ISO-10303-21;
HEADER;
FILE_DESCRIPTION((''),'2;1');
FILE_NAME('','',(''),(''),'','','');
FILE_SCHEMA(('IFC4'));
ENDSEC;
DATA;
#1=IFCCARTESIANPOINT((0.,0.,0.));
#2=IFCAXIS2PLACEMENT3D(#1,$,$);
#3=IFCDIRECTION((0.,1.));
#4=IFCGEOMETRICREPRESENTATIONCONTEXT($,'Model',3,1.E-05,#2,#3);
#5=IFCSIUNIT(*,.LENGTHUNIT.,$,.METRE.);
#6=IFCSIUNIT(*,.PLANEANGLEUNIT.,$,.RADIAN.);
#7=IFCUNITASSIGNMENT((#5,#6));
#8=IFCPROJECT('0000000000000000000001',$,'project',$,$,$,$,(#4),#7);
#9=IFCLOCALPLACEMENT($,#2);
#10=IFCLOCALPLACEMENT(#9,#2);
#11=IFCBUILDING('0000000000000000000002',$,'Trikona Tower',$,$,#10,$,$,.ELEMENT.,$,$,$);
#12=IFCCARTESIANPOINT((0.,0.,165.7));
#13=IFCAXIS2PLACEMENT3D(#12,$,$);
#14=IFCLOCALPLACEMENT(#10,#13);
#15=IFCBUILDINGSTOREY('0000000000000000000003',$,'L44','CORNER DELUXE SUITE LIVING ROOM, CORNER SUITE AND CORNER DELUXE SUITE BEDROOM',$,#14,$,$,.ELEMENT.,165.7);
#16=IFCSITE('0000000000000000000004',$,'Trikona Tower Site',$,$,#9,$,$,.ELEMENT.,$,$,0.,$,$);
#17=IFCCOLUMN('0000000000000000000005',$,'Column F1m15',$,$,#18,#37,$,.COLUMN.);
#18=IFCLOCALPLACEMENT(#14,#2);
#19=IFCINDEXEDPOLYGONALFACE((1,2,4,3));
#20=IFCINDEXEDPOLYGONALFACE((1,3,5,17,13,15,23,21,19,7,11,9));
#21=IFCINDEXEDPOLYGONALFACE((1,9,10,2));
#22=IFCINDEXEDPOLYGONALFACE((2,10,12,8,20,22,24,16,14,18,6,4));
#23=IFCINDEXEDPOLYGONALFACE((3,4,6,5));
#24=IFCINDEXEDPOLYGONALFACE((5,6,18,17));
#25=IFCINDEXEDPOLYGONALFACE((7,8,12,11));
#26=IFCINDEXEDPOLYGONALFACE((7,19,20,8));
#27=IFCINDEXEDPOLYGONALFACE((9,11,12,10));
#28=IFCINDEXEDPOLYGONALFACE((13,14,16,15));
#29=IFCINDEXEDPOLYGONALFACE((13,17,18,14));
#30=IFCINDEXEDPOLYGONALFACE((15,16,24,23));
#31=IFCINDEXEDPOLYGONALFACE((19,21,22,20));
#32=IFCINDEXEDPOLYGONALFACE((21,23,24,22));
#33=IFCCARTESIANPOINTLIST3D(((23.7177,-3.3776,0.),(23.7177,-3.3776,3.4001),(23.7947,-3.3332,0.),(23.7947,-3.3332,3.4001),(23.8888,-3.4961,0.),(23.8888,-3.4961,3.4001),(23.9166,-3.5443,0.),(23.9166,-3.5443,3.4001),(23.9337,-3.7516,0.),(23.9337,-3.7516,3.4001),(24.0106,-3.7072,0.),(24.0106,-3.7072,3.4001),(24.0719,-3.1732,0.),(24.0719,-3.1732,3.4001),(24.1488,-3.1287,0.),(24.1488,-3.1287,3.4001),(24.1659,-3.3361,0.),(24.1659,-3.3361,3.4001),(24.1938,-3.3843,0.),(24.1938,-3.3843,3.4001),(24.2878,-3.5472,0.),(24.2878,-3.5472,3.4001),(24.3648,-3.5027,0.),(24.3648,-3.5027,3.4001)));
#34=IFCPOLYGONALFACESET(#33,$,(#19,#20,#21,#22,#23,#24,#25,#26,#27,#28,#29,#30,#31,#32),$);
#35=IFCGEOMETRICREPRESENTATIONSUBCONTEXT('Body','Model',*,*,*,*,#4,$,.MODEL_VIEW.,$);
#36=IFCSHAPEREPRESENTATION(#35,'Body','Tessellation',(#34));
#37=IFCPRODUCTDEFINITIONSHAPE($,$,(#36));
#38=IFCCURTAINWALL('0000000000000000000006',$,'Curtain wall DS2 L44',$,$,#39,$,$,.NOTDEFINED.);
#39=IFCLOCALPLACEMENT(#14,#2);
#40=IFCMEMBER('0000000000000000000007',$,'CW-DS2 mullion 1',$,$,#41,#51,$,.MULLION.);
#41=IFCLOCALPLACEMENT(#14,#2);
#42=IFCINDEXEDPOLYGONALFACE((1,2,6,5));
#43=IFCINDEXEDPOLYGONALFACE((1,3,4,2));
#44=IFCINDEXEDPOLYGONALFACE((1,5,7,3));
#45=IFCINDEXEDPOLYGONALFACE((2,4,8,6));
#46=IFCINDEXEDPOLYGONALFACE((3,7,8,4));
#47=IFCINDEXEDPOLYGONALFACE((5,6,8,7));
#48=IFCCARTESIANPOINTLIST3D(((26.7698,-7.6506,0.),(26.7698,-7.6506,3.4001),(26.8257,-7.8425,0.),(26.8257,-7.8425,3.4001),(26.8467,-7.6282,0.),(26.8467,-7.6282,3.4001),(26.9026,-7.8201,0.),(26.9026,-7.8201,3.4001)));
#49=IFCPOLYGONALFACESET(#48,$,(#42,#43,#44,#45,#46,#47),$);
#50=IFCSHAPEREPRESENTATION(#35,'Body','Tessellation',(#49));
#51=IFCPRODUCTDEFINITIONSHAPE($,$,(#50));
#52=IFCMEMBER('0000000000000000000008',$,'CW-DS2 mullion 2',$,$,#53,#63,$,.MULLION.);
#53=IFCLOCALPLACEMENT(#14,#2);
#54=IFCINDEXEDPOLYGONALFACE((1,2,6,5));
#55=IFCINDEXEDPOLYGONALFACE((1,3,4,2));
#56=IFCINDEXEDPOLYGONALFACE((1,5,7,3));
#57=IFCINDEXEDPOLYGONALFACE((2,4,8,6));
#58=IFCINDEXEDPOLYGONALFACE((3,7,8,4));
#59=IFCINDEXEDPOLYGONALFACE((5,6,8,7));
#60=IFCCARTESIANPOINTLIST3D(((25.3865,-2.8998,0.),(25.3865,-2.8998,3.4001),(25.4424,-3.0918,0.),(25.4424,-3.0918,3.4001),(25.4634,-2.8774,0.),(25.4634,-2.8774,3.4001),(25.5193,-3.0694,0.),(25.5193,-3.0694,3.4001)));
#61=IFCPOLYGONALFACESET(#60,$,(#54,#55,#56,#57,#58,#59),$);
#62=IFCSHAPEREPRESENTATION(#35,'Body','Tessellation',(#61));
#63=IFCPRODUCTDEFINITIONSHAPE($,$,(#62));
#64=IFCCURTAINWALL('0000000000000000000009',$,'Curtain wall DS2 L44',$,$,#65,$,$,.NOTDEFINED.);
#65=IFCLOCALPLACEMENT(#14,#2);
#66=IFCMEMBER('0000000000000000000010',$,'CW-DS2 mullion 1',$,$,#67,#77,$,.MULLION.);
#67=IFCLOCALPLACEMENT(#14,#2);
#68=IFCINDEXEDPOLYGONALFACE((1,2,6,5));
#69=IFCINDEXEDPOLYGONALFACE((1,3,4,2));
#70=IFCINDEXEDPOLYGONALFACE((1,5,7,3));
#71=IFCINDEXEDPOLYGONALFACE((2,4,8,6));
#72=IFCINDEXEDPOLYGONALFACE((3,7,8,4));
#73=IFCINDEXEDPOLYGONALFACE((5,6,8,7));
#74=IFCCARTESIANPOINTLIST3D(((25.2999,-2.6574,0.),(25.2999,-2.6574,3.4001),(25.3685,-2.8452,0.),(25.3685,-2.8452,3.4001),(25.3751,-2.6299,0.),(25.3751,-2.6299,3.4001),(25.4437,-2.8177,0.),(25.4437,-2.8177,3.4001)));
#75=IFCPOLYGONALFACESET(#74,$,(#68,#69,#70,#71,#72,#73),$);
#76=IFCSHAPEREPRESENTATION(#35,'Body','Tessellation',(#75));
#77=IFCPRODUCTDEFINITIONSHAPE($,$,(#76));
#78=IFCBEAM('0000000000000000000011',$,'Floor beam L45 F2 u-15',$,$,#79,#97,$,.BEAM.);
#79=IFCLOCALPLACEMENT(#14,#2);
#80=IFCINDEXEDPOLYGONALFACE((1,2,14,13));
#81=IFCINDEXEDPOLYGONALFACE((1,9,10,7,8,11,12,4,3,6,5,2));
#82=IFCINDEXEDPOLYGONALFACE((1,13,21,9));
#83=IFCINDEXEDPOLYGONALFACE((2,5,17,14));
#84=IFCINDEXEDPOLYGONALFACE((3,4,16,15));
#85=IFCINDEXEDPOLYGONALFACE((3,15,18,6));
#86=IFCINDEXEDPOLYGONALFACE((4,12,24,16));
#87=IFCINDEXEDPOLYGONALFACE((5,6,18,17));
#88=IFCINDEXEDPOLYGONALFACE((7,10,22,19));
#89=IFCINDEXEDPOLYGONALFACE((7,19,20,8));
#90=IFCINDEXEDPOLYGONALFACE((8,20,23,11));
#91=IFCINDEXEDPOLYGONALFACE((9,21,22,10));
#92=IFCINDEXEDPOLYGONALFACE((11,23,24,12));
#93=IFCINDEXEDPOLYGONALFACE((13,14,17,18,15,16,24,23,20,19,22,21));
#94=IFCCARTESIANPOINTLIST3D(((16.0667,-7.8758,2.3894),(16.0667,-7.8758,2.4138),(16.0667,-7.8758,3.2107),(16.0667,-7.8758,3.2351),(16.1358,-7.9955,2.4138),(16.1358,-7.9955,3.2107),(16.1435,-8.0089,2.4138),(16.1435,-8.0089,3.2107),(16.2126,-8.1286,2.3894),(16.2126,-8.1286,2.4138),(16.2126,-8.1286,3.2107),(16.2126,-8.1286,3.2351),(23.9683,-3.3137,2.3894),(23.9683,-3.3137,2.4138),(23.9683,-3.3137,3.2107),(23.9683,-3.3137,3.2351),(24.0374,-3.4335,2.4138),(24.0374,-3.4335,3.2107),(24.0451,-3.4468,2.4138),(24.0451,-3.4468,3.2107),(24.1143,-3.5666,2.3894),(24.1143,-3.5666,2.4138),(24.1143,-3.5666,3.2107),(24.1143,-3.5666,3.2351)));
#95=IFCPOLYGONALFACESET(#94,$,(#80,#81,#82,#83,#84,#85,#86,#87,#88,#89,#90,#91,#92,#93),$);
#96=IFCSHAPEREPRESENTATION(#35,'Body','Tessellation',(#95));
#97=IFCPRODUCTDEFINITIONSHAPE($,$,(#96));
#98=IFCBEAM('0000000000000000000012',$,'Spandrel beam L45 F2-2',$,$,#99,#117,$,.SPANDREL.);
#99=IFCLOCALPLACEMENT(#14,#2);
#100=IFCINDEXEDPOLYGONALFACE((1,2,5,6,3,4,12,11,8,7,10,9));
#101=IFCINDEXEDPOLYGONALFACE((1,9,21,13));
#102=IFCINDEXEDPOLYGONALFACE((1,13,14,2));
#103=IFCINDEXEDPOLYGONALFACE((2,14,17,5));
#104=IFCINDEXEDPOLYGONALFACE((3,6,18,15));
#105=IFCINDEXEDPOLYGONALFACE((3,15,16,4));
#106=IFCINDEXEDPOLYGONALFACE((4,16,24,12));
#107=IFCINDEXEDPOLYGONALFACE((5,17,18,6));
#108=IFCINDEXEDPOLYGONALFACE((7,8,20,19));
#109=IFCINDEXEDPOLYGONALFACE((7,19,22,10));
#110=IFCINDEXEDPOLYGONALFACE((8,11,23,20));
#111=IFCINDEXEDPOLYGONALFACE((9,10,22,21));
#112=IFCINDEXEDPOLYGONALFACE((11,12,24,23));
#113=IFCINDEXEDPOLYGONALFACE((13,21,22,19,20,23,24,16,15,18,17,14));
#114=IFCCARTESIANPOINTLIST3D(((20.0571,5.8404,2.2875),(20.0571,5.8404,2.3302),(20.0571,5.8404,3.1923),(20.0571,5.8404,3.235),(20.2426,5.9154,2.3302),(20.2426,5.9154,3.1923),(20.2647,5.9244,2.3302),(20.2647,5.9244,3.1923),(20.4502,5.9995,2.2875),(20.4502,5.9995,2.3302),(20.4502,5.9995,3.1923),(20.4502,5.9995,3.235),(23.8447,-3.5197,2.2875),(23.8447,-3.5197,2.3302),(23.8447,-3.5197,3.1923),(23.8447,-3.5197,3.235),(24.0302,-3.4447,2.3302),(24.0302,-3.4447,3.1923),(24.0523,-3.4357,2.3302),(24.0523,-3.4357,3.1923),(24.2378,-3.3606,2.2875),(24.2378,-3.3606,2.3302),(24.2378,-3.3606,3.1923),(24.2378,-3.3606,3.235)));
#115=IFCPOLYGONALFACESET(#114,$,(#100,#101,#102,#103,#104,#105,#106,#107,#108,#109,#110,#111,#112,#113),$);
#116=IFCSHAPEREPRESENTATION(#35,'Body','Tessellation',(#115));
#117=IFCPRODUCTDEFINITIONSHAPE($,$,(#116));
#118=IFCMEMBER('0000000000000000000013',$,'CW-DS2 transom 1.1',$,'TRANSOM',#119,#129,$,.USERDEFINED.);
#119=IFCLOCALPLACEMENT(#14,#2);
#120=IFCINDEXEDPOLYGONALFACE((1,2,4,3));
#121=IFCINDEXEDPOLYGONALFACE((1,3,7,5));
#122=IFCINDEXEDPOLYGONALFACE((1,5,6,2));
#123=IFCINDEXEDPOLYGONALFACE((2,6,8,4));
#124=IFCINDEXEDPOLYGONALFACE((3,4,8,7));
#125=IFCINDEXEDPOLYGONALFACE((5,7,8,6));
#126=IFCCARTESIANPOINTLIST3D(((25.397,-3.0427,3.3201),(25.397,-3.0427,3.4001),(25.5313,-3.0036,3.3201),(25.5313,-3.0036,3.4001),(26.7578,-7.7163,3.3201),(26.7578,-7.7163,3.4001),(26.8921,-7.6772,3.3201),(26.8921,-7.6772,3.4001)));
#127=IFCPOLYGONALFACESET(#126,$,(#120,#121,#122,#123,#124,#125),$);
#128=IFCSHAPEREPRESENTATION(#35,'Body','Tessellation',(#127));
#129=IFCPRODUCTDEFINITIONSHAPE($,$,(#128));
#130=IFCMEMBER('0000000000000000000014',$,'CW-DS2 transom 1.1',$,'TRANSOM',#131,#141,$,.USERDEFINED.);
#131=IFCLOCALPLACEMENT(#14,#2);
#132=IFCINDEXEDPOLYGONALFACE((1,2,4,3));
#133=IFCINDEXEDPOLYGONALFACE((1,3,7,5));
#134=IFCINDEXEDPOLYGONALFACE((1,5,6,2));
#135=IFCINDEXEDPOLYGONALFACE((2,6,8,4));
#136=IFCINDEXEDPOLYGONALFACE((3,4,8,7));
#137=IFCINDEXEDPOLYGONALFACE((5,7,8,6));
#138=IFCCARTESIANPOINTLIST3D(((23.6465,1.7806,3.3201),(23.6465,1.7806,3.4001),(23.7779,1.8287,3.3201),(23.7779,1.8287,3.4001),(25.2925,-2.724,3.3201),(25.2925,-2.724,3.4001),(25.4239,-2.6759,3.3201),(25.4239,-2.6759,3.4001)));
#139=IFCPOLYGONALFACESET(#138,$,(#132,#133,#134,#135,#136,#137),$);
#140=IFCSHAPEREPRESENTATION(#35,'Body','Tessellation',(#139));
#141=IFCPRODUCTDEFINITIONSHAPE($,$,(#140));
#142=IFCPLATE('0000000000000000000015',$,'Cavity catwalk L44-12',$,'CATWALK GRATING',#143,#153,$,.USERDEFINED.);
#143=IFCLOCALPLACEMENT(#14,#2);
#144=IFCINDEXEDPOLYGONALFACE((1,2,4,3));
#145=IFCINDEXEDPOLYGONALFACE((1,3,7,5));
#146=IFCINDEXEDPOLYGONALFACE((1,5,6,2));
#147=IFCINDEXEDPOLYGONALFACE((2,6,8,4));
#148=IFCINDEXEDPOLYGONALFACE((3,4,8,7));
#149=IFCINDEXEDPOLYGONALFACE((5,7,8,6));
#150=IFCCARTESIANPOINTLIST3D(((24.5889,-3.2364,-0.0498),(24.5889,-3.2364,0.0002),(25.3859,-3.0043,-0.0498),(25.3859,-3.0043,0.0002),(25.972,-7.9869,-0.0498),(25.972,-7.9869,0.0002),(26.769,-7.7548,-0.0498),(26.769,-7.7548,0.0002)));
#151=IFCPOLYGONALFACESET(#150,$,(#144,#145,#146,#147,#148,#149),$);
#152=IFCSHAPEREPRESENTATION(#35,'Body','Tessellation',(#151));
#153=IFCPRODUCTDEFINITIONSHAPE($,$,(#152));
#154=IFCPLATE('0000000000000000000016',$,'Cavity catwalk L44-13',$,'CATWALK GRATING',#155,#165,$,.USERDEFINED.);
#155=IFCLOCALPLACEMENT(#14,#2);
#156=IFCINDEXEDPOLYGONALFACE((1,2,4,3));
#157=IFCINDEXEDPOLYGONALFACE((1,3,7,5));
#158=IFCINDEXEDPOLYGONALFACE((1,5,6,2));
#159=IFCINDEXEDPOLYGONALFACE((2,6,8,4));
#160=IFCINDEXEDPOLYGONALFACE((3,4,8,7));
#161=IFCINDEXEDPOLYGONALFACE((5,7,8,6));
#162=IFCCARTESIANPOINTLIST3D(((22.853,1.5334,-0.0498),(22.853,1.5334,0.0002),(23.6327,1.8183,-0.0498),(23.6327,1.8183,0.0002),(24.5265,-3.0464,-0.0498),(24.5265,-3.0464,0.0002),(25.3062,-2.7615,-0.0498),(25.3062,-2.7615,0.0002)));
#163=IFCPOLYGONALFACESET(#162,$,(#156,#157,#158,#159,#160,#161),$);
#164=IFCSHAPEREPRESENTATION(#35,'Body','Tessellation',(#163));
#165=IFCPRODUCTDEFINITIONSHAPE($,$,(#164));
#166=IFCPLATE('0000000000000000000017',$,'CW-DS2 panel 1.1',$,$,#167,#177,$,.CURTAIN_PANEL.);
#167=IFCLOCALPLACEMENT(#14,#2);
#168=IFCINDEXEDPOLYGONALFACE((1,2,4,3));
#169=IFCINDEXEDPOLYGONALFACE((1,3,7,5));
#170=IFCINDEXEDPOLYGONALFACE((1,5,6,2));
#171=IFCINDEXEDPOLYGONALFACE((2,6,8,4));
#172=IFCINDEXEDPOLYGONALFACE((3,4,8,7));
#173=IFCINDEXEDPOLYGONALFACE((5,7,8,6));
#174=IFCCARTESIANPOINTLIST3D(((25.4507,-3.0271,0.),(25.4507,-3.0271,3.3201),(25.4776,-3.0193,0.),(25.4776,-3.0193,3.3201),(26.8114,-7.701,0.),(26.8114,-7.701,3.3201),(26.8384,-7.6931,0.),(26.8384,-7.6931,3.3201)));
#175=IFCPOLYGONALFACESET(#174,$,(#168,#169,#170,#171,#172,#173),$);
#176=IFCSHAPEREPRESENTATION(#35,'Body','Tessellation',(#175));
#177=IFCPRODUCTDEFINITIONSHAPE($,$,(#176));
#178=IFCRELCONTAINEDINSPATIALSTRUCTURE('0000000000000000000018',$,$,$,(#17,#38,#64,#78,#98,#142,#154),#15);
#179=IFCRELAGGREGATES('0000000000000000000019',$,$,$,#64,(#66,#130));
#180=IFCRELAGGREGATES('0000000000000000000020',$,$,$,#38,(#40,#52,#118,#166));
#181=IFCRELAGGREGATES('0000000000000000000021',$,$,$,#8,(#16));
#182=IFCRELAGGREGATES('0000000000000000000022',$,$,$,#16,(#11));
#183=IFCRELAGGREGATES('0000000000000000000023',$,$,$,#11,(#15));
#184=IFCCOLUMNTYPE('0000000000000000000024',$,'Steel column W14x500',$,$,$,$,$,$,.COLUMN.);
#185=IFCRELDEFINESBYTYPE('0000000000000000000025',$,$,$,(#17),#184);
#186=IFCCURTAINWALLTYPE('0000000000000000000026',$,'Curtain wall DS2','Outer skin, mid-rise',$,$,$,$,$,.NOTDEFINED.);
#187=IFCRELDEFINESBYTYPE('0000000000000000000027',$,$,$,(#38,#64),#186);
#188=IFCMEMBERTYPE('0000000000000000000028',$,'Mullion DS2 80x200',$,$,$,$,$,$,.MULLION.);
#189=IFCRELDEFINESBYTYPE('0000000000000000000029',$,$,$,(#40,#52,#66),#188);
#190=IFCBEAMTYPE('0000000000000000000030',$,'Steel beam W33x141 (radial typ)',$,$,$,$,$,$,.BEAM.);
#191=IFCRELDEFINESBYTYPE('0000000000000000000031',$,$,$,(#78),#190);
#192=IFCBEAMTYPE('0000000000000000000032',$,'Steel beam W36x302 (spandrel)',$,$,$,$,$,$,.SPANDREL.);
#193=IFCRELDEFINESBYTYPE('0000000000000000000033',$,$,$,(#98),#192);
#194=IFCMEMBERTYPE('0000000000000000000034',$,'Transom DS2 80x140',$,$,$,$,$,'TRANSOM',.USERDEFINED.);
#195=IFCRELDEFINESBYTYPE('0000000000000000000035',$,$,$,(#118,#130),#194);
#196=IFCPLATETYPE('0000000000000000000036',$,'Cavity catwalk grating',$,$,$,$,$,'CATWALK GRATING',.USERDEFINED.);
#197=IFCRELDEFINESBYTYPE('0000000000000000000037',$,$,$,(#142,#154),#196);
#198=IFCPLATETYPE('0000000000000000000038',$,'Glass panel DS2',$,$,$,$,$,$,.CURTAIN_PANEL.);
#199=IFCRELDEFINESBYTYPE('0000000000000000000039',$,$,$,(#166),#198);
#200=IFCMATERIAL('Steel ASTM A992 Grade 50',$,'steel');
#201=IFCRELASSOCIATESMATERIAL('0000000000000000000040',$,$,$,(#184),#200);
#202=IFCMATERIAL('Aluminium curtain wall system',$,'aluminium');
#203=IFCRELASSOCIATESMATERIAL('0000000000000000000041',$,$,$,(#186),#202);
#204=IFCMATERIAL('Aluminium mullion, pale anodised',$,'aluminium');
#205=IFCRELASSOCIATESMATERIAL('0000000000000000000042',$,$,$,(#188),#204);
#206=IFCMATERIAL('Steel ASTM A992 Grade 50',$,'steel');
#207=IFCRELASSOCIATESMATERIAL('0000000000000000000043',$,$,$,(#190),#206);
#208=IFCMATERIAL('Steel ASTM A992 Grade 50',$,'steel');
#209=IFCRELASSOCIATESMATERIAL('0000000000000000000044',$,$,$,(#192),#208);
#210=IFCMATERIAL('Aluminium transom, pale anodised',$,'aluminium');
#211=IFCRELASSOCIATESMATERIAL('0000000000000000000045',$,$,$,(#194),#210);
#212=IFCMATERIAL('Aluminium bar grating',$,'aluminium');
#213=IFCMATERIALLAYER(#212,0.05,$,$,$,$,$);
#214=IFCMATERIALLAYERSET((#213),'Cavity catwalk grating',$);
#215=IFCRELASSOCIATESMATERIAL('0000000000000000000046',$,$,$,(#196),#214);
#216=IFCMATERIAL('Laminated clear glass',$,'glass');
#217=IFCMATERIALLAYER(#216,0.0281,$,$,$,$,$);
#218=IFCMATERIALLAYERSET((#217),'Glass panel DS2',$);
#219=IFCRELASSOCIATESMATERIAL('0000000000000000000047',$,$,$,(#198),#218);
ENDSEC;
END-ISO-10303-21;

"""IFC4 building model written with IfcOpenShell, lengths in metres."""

from ifc_helpers import new_model, si_unit, direction, frame, origin, origin_2d, place, context, subcontext, project, spatial, rectangle, i_section, extrude, material, layer, layer_set, material_profile, profile_set, type_object, element, aggregate, save


model = new_model("IFC4")

# Units and contexts
model_context = context("Model", 3, precision=1e-05, world=origin(), true_north=direction((0.0, 1.0)))
body_context = subcontext(model_context, "Body", "Model", "MODEL_VIEW")
ifc_project = project(units=[si_unit("LENGTHUNIT", "METRE"), si_unit("PLANEANGLEUNIT", "RADIAN")], contexts=[model_context])

# Site, building, storey
site_placement = place(None, origin())
site = spatial("IfcSite", under=ifc_project, at=site_placement, Name="Trikona Tower Site", CompositionType="ELEMENT", RefElevation=0.0)
building_placement = place(site_placement, origin())
building = spatial("IfcBuilding", under=site, at=building_placement, Name="Trikona Tower", CompositionType="ELEMENT")
storey_placement = place(building_placement, frame((0.0, 0.0, 165.7)))
storey = spatial("IfcBuildingStorey", under=building, at=storey_placement, Name="L44", Description="CORNER DELUXE SUITE LIVING ROOM, CORNER SUITE AND CORNER DELUXE SUITE BEDROOM", CompositionType="ELEMENT", Elevation=165.7)

# Column
ifc_material_1 = material(Name="Steel ASTM A992 Grade 50", Category="steel")
ifc_material_profile_1 = material_profile(ifc_material_1, i_section(OverallWidth=0.4319, OverallDepth=0.4978, WebThickness=0.0557, FlangeThickness=0.0889, at=origin_2d()), Name="W14X500")
ifc_profile_set_1 = profile_set([ifc_material_profile_1], Name="Steel ASTM A992 Grade 50")
column_type = type_object("IfcColumnType", Name="Steel column W14x500", PredefinedType="COLUMN", material=ifc_profile_set_1)
column_placement = place(storey_placement, frame((24.0413, -3.4402, 0.0), z_axis=(0.0, 0.0, 1.0), x_axis=(-0.5, 0.866025, 0.0)))
element("IfcColumn", 1, at=column_placement, inside=storey, type_object=column_type, Name="Column F1m15", PredefinedType="COLUMN", context=body_context, shape_type="SweptSolid", body=[
    extrude(i_section(OverallWidth=0.4319, OverallDepth=0.4978, WebThickness=0.0557, FlangeThickness=0.0889, at=origin_2d()), origin(), (0.0, 0.0, 1.0), 3.4001),
])

# Curtain wall, members
ifc_material_2 = material(Name="Aluminium curtain wall system", Category="aluminium")
curtain_wall_type = type_object("IfcCurtainWallType", Name="Curtain wall DS2", Description="Outer skin, mid-rise", PredefinedType="NOTDEFINED", material=ifc_material_2)
curtain_wall_1_placement = place(storey_placement, origin())
curtain_wall_1 = element("IfcCurtainWall", 2, at=curtain_wall_1_placement, inside=storey, type_object=curtain_wall_type, Name="Curtain wall DS2 L44", PredefinedType="NOTDEFINED")
ifc_material_3 = material(Name="Aluminium mullion, pale anodised", Category="aluminium")
ifc_material_profile_2 = material_profile(ifc_material_3, rectangle(XDim=0.0801, YDim=0.2, at=origin_2d()), Name="MUL-DS2")
ifc_profile_set_2 = profile_set([ifc_material_profile_2], Name="Aluminium mullion, pale anodised")
member_type_1 = type_object("IfcMemberType", Name="Mullion DS2 80x200", PredefinedType="MULLION", material=ifc_profile_set_2)
member_1_placement = place(storey_placement, frame((26.8362, -7.7354, 0.0), z_axis=(0.0, 0.0, 1.0), x_axis=(-0.960133, -0.279543, 0.0)))
member_1 = element("IfcMember", 3, at=member_1_placement, type_object=member_type_1, Name="CW-DS2 mullion 1", PredefinedType="MULLION", context=body_context, shape_type="SweptSolid", body=[
    extrude(rectangle(XDim=0.0801, YDim=0.2, at=origin_2d()), origin(), (0.0, 0.0, 1.0), 3.4001),
])
member_2_placement = place(storey_placement, frame((25.4529, -2.9846, 0.0), z_axis=(0.0, 0.0, 1.0), x_axis=(-0.960133, -0.279543, 0.0)))
member_2 = element("IfcMember", 4, at=member_2_placement, type_object=member_type_1, Name="CW-DS2 mullion 2", PredefinedType="MULLION", context=body_context, shape_type="SweptSolid", body=[
    extrude(rectangle(XDim=0.0801, YDim=0.2, at=origin_2d()), origin(), (0.0, 0.0, 1.0), 3.4001),
])

# Curtain wall, member
curtain_wall_2_placement = place(storey_placement, origin())
curtain_wall_2 = element("IfcCurtainWall", 5, at=curtain_wall_2_placement, inside=storey, type_object=curtain_wall_type, Name="Curtain wall DS2 L44", PredefinedType="NOTDEFINED")
member_3_placement = place(storey_placement, frame((25.3718, -2.7375, 0.0), z_axis=(0.0, 0.0, 1.0), x_axis=(-0.939254, -0.343223, 0.0)))
member_3 = element("IfcMember", 6, at=member_3_placement, type_object=member_type_1, Name="CW-DS2 mullion 1", PredefinedType="MULLION", context=body_context, shape_type="SweptSolid", body=[
    extrude(rectangle(XDim=0.0801, YDim=0.2, at=origin_2d()), origin(), (0.0, 0.0, 1.0), 3.4001),
])

# Beams
ifc_material_4 = material(Name="Steel ASTM A992 Grade 50", Category="steel")
ifc_material_profile_3 = material_profile(ifc_material_4, i_section(OverallWidth=0.292, OverallDepth=0.8457, WebThickness=0.0154, FlangeThickness=0.0244, at=origin_2d()), Name="W33X141")
ifc_profile_set_3 = profile_set([ifc_material_profile_3], Name="Steel ASTM A992 Grade 50")
beam_type_1 = type_object("IfcBeamType", Name="Steel beam W33x141 (radial typ)", PredefinedType="BEAM", material=ifc_profile_set_3)
beam_1_placement = place(storey_placement, frame((16.1396, -8.0022, 2.8123), z_axis=(0.866025, 0.500001, 0.0), x_axis=(-0.500001, 0.866025, 0.0)))
element("IfcBeam", 7, at=beam_1_placement, inside=storey, type_object=beam_type_1, Name="Floor beam L45 F2 u-15", PredefinedType="BEAM", context=body_context, shape_type="SweptSolid", body=[
    extrude(i_section(OverallWidth=0.292, OverallDepth=0.8457, WebThickness=0.0154, FlangeThickness=0.0244, at=origin_2d()), origin(), (0.0, 0.0, 1.0), 9.124),
])
ifc_material_5 = material(Name="Steel ASTM A992 Grade 50", Category="steel")
ifc_material_profile_4 = material_profile(ifc_material_5, i_section(OverallWidth=0.4241, OverallDepth=0.9475, WebThickness=0.0239, FlangeThickness=0.0427, at=origin_2d()), Name="W36X302")
ifc_profile_set_4 = profile_set([ifc_material_profile_4], Name="Steel ASTM A992 Grade 50")
beam_type_2 = type_object("IfcBeamType", Name="Steel beam W36x302 (spandrel)", PredefinedType="SPANDREL", material=ifc_profile_set_4)
beam_2_placement = place(storey_placement, frame((24.0413, -3.4402, 2.7612), z_axis=(-0.375106, 0.926982, 0.0), x_axis=(-0.926982, -0.375106, 0.0)))
element("IfcBeam", 8, at=beam_2_placement, inside=storey, type_object=beam_type_2, Name="Spandrel beam L45 F2-2", PredefinedType="SPANDREL", context=body_context, shape_type="SweptSolid", body=[
    extrude(i_section(OverallWidth=0.4241, OverallDepth=0.9475, WebThickness=0.0239, FlangeThickness=0.0427, at=origin_2d()), origin(), (0.0, 0.0, 1.0), 10.0974),
])

# Members
ifc_material_6 = material(Name="Aluminium transom, pale anodised", Category="aluminium")
ifc_material_profile_5 = material_profile(ifc_material_6, rectangle(XDim=0.1399, YDim=0.0801, at=origin_2d()), Name="TRN-DS2")
ifc_profile_set_5 = profile_set([ifc_material_profile_5], Name="Aluminium transom, pale anodised")
member_type_2 = type_object("IfcMemberType", Name="Transom DS2 80x140", ElementType="TRANSOM", PredefinedType="USERDEFINED", material=ifc_profile_set_5)
member_4_placement = place(storey_placement, frame((26.825, -7.6968, 3.3601), z_axis=(-0.279567, 0.960126, 0.0), x_axis=(-0.960126, -0.279567, 0.0)))
member_4 = element("IfcMember", 9, at=member_4_placement, type_object=member_type_2, Name="CW-DS2 transom 1.1", ObjectType="TRANSOM", PredefinedType="USERDEFINED", context=body_context, shape_type="SweptSolid", body=[
    extrude(rectangle(XDim=0.1399, YDim=0.0801, at=origin_2d()), origin(), (0.0, 0.0, 1.0), 4.8677),
])
member_5_placement = place(storey_placement, frame((25.3582, -2.7, 3.3601), z_axis=(-0.343206, 0.93926, 0.0), x_axis=(-0.93926, -0.343206, 0.0)))
member_5 = element("IfcMember", 10, at=member_5_placement, type_object=member_type_2, Name="CW-DS2 transom 1.1", ObjectType="TRANSOM", PredefinedType="USERDEFINED", context=body_context, shape_type="SweptSolid", body=[
    extrude(rectangle(XDim=0.1399, YDim=0.0801, at=origin_2d()), origin(), (0.0, 0.0, 1.0), 4.7959),
])
aggregate(curtain_wall_2, [member_3, member_5])

# Plates
ifc_material_7 = material(Name="Aluminium bar grating", Category="aluminium")
ifc_layer_1 = layer(ifc_material_7, 0.05)
ifc_layer_set_1 = layer_set([ifc_layer_1], Name="Cavity catwalk grating")
plate_type_1 = type_object("IfcPlateType", Name="Cavity catwalk grating", ElementType="CATWALK GRATING", PredefinedType="USERDEFINED", material=ifc_layer_set_1)
plate_1_placement = place(storey_placement, frame((25.679, -5.4956, -0.0498), z_axis=(0.0, 0.0, 1.0), x_axis=(-0.279554, 0.96013, 0.0)))
element("IfcPlate", 11, at=plate_1_placement, inside=storey, type_object=plate_type_1, Name="Cavity catwalk L44-12", ObjectType="CATWALK GRATING", PredefinedType="USERDEFINED", context=body_context, shape_type="SweptSolid", body=[
    extrude(rectangle(XDim=4.9478, YDim=0.8301, at=origin_2d()), origin(), (0.0, 0.0, 1.0), 0.05),
])
plate_2_placement = place(storey_placement, frame((24.0796, -0.614, -0.0498), z_axis=(0.0, 0.0, 1.0), x_axis=(-0.34322, 0.939255, 0.0)))
element("IfcPlate", 12, at=plate_2_placement, inside=storey, type_object=plate_type_1, Name="Cavity catwalk L44-13", ObjectType="CATWALK GRATING", PredefinedType="USERDEFINED", context=body_context, shape_type="SweptSolid", body=[
    extrude(rectangle(XDim=4.876, YDim=0.8301, at=origin_2d()), origin(), (0.0, 0.0, 1.0), 0.05),
])

# Plate
ifc_material_8 = material(Name="Laminated clear glass", Category="glass")
ifc_layer_2 = layer(ifc_material_8, 0.0281)
ifc_layer_set_2 = layer_set([ifc_layer_2], Name="Glass panel DS2")
plate_type_2 = type_object("IfcPlateType", Name="Glass panel DS2", PredefinedType="CURTAIN_PANEL", material=ifc_layer_set_2)
plate_3_placement = place(storey_placement, frame((26.1445, -5.3601, 0.0), z_axis=(0.0, 0.0, 1.0), x_axis=(-0.279543, 0.960133, 0.0)))
plate_3 = element("IfcPlate", 13, at=plate_3_placement, type_object=plate_type_2, Name="CW-DS2 panel 1.1", PredefinedType="CURTAIN_PANEL", context=body_context, shape_type="SweptSolid", body=[
    extrude(rectangle(XDim=4.8679, YDim=0.0281, at=origin_2d()), origin(), (0.0, 0.0, 1.0), 3.3201),
])
aggregate(curtain_wall_1, [member_1, member_2, member_4, plate_3])

save(model, "model.ifc")
